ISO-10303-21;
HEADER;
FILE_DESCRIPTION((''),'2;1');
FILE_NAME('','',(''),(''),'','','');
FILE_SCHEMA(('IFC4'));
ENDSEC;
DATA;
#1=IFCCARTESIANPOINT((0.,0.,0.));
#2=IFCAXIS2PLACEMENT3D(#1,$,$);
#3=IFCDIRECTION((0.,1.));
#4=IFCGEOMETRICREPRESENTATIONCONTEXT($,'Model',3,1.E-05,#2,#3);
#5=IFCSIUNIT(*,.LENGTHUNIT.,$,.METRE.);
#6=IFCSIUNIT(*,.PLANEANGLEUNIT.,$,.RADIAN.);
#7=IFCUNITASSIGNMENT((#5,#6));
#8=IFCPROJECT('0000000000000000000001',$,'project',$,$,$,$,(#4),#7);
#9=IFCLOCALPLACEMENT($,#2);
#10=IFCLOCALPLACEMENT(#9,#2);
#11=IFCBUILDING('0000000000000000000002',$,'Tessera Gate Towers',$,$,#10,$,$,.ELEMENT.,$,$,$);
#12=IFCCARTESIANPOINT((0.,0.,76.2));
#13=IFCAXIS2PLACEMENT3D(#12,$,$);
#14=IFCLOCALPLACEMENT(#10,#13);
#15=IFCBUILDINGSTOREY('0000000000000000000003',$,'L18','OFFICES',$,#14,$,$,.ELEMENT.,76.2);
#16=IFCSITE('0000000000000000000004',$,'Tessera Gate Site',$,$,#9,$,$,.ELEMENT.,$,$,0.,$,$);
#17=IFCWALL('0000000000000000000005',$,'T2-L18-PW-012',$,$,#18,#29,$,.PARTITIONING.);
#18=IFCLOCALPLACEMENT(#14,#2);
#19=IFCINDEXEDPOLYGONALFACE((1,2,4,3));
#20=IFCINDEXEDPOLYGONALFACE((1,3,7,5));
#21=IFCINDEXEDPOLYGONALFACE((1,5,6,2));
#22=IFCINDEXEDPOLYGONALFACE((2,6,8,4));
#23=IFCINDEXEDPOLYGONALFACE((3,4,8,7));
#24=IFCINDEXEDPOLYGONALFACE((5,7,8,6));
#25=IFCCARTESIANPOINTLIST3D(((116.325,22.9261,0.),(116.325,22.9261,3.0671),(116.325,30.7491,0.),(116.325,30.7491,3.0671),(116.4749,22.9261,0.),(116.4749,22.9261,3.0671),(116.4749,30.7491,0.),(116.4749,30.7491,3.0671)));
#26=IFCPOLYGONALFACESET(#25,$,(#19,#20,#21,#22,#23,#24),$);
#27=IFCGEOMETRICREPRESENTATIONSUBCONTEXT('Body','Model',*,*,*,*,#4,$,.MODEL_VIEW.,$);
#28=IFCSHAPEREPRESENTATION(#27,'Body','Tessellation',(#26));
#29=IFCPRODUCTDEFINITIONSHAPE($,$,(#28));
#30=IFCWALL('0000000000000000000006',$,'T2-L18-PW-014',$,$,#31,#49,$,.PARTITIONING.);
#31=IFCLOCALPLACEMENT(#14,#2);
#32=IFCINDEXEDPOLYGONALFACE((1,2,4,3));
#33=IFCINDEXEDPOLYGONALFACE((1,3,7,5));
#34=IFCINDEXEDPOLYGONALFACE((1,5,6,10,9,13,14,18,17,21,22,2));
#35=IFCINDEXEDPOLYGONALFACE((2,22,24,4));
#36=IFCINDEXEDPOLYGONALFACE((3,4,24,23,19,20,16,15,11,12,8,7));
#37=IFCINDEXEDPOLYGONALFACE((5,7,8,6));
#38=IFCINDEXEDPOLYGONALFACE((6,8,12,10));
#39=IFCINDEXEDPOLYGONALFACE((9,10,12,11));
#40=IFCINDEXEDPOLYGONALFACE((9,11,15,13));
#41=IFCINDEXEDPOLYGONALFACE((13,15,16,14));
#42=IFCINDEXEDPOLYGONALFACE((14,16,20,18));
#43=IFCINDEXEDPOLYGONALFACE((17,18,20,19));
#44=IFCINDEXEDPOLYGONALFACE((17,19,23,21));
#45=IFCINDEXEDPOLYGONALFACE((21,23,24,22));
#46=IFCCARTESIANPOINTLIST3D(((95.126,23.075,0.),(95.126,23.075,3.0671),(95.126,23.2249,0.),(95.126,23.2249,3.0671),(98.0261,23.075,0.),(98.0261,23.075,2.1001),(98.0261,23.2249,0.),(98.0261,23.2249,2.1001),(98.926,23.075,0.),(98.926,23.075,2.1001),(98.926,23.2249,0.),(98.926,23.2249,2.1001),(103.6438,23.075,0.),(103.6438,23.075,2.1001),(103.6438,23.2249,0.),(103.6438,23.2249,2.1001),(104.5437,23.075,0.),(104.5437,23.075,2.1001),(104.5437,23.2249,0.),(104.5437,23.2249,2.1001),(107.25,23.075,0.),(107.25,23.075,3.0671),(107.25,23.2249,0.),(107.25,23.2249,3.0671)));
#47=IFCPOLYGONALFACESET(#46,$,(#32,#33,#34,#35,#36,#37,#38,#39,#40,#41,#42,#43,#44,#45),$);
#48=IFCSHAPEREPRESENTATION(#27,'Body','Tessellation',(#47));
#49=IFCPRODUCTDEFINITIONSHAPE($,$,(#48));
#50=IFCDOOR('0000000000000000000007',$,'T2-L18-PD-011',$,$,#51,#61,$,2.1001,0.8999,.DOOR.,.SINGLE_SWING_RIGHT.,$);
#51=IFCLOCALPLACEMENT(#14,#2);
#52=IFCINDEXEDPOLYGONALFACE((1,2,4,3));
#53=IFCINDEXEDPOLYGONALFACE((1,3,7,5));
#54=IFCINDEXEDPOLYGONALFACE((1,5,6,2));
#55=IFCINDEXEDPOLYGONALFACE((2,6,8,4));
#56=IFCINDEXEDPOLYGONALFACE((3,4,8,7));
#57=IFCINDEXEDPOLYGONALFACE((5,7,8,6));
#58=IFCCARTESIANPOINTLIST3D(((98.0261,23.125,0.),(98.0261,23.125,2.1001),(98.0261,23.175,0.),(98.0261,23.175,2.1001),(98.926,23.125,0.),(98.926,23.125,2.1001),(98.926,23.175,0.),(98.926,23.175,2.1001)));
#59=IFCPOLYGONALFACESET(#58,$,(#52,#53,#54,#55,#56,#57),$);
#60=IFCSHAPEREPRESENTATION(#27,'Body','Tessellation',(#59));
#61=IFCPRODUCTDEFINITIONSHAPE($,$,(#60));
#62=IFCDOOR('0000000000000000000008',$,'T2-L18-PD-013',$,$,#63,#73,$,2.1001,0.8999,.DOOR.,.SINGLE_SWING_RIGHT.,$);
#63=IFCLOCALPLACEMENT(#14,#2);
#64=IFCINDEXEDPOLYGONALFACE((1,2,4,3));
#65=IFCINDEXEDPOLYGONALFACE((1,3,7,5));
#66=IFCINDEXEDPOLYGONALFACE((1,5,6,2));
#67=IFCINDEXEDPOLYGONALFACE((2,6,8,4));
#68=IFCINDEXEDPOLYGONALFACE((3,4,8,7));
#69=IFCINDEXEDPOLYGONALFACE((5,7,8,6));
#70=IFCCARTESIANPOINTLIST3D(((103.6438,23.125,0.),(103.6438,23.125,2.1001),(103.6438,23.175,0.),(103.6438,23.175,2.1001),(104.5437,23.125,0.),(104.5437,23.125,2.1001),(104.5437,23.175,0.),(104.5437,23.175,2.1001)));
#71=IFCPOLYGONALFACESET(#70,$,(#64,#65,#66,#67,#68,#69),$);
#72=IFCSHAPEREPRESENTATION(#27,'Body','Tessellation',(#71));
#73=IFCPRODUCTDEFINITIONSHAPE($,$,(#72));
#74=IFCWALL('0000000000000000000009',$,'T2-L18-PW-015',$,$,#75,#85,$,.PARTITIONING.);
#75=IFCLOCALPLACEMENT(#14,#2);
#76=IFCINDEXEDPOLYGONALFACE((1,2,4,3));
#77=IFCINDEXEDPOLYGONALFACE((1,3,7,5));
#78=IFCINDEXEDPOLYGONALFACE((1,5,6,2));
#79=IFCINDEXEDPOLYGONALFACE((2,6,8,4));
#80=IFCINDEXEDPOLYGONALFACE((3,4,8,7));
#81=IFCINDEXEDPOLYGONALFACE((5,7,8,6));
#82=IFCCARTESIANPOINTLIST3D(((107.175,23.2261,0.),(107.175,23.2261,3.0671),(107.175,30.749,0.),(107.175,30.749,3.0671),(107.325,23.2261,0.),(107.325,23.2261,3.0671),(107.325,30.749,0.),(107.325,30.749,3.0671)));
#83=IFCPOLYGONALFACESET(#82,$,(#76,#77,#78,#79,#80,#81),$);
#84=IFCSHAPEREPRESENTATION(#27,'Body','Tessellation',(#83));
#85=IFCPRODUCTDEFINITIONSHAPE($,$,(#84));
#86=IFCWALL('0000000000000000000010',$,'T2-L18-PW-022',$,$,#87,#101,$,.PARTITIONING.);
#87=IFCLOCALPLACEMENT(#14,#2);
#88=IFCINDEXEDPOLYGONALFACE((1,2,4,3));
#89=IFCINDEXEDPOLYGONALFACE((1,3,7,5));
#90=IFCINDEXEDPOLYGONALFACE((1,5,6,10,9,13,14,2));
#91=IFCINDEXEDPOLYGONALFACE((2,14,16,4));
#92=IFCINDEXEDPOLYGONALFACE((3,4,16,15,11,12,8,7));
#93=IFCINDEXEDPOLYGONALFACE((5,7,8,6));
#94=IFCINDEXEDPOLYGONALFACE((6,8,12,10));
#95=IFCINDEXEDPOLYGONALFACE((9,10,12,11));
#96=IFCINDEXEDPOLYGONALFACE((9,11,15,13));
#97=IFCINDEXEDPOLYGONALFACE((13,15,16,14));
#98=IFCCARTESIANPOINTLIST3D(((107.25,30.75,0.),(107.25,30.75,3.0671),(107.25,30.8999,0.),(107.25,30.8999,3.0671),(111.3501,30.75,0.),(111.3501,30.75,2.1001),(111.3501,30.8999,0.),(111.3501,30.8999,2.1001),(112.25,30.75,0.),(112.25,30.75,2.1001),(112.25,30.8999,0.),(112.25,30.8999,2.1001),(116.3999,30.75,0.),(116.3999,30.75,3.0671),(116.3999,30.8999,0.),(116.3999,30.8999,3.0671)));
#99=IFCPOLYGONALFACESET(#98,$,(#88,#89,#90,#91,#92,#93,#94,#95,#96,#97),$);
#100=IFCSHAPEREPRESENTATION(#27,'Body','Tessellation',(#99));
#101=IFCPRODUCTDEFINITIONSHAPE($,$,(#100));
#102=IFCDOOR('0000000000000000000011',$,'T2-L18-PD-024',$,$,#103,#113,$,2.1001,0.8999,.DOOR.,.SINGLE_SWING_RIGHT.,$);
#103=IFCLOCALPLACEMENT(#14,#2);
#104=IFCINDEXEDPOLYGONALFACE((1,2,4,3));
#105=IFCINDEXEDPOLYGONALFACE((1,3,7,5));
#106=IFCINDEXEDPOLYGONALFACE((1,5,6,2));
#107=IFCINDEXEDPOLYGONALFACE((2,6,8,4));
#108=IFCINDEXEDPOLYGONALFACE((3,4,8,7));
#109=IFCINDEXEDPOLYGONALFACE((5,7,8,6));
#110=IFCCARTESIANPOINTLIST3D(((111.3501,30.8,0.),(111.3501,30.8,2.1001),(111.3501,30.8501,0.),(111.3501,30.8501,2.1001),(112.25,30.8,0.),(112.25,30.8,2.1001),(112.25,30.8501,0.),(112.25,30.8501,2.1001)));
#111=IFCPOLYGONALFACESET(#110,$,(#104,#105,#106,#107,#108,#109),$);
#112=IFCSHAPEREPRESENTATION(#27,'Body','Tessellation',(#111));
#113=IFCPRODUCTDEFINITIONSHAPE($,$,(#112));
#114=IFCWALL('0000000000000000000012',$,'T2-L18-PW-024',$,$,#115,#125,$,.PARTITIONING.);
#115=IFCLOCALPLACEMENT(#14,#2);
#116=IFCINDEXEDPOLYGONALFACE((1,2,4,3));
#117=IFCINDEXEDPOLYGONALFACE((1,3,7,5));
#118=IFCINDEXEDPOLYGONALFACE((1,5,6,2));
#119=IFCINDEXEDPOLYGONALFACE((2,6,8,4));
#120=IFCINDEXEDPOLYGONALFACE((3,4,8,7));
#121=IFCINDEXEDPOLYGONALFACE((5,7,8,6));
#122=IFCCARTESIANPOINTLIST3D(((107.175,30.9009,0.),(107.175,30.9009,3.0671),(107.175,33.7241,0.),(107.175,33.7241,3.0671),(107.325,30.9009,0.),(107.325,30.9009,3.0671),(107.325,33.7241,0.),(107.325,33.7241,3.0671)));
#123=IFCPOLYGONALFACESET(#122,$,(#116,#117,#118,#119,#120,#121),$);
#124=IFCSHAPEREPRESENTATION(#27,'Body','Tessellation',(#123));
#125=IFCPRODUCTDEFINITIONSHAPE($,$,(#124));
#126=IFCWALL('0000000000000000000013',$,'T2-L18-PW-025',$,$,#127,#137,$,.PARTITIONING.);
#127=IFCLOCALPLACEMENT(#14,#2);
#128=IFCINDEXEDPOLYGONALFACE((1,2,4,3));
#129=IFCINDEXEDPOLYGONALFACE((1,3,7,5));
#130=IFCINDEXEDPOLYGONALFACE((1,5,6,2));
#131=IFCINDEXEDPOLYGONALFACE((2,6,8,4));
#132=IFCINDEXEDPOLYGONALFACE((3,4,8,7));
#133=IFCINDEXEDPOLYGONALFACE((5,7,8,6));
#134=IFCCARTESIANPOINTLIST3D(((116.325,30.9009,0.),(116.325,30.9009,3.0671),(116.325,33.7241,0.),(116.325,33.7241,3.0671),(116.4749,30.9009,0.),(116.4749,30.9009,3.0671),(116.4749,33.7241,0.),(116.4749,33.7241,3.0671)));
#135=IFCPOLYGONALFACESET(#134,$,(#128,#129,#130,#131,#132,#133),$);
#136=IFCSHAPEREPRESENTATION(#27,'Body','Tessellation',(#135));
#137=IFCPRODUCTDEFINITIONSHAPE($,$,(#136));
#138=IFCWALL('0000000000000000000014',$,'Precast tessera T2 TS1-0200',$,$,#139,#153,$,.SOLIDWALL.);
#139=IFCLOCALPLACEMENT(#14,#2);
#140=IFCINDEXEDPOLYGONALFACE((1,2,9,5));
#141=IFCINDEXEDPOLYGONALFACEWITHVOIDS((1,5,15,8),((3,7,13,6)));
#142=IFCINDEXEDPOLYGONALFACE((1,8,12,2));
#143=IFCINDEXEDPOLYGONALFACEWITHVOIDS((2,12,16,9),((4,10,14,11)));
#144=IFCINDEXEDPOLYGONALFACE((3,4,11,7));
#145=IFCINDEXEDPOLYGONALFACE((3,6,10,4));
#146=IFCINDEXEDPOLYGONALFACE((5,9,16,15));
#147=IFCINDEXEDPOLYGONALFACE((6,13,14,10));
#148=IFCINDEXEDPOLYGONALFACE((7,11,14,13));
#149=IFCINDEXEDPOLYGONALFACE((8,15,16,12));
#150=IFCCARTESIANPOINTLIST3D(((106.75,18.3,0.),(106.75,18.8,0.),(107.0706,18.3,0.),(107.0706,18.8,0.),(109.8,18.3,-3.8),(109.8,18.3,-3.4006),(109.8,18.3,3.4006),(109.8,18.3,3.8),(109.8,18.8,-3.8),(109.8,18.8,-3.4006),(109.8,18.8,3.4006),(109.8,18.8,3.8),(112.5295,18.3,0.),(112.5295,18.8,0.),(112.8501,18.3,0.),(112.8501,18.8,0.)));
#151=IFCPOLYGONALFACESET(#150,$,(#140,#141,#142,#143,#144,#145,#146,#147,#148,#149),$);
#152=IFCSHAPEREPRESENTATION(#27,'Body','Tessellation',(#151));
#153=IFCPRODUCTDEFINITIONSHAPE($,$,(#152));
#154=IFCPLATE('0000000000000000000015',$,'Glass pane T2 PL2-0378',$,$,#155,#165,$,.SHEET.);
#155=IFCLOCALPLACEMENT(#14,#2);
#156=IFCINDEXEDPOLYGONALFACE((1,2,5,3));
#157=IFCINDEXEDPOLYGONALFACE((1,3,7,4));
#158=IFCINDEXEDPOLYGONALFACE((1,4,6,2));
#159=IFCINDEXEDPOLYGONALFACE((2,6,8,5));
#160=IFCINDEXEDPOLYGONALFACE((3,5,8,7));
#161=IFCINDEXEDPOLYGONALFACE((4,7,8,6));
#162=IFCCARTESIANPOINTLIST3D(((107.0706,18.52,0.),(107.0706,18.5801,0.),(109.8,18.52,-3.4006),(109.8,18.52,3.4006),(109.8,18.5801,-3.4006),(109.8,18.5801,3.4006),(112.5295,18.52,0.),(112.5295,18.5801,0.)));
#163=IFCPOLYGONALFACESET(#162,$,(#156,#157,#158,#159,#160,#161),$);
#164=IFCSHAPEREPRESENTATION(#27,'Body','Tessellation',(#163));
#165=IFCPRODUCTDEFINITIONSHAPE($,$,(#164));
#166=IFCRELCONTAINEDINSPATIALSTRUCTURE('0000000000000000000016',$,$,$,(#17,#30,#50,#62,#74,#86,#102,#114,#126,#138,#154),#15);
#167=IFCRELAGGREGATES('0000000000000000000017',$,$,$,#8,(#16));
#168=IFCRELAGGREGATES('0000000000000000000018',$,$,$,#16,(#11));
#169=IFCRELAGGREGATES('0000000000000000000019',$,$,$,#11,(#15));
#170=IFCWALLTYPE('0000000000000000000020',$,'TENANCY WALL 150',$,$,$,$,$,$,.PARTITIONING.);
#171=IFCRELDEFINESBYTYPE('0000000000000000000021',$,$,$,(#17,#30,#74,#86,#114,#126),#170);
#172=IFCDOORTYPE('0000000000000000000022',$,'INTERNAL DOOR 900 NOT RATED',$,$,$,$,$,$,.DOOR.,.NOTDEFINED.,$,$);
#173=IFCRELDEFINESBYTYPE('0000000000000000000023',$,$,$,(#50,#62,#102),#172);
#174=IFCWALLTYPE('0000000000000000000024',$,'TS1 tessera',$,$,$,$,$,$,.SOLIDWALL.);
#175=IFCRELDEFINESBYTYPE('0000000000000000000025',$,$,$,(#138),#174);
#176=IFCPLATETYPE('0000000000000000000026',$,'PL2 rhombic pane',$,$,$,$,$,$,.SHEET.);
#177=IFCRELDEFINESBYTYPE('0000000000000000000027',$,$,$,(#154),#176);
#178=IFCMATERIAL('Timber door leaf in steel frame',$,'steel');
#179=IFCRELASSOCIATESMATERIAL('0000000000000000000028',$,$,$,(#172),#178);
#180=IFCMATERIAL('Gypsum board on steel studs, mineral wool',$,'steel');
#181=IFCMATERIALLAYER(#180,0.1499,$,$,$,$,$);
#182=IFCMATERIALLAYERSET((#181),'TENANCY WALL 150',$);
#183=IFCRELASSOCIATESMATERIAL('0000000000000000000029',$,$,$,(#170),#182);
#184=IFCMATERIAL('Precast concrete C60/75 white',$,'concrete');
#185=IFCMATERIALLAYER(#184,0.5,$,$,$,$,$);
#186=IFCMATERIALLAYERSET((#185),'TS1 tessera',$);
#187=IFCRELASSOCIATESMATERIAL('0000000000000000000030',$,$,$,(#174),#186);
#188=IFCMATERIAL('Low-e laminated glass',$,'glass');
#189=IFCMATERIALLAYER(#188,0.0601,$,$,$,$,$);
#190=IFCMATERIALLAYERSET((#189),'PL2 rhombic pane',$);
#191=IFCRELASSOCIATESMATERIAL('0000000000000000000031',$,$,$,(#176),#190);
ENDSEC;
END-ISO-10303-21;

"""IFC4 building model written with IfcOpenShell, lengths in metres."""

from ifc_helpers import new_model, si_unit, direction, frame, frame_2d, origin, place, context, subcontext, project, spatial, polyline, rectangle, outline, extrude, source, transform, mapped, material, layer, layer_set, type_object, element, fill, save


model = new_model("IFC4")

# Units and contexts
model_context = context("Model", 3, precision=1e-05, world=origin(), true_north=direction((0.0, 1.0)))
body_context = subcontext(model_context, "Body", "Model", "MODEL_VIEW")
ifc_project = project(units=[si_unit("LENGTHUNIT", "METRE"), si_unit("PLANEANGLEUNIT", "RADIAN")], contexts=[model_context])

# Site, building, storey
site_placement = place(None, origin())
site = spatial("IfcSite", under=ifc_project, at=site_placement, Name="Tessera Gate Site", CompositionType="ELEMENT", RefElevation=0.0)
building_placement = place(site_placement, origin())
building = spatial("IfcBuilding", under=site, at=building_placement, Name="Tessera Gate Towers", CompositionType="ELEMENT")
storey_placement = place(building_placement, frame((0.0, 0.0, 76.2)))
storey = spatial("IfcBuildingStorey", under=building, at=storey_placement, Name="L18", Description="OFFICES", CompositionType="ELEMENT", Elevation=76.2)

# Shared definitions
ifc_material_1 = material(Name="Timber door leaf in steel frame", Category="steel")
door_type = type_object("IfcDoorType", Name="INTERNAL DOOR 900 NOT RATED", OperationType="NOTDEFINED", PredefinedType="DOOR", material=ifc_material_1)
shared_shape_1 = source(origin(), body_context, "Body", "SweptSolid", [
    extrude(rectangle(XDim=0.8999, YDim=2.1001, at=frame_2d((0.45, 1.05))), frame((0.0, 0.0249, 0.0), z_axis=(0.0, -1.0, 0.0), x_axis=(1.0, 0.0, 0.0)), (0.0, 0.0, 1.0), 0.05),
])

# Wall
ifc_material_2 = material(Name="Gypsum board on steel studs, mineral wool", Category="steel")
ifc_layer_1 = layer(ifc_material_2, 0.1499)
ifc_layer_set_1 = layer_set([ifc_layer_1], Name="TENANCY WALL 150")
wall_type_1 = type_object("IfcWallType", Name="TENANCY WALL 150", PredefinedType="PARTITIONING", material=ifc_layer_set_1)
wall_1_placement = place(storey_placement, frame((116.3999, 22.926, 0.0), z_axis=(0.0, 0.0, 1.0), x_axis=(0.0, 1.0, 0.0)))
element("IfcWall", 1, at=wall_1_placement, inside=storey, type_object=wall_type_1, Name="T2-L18-PW-012", PredefinedType="PARTITIONING", context=body_context, shape_type="SweptSolid", body=[
    extrude(rectangle(XDim=7.823, YDim=0.1499, at=frame_2d((3.9116, 0.0))), origin(), (0.0, 0.0, 1.0), 3.0671),
])

# Wall, openings, doors
wall_2_placement = place(storey_placement, frame((107.25, 23.1499, 0.0), z_axis=(0.0, 0.0, 1.0), x_axis=(-1.0, 0.0, 0.0)))
wall_2 = element("IfcWall", 2, at=wall_2_placement, inside=storey, type_object=wall_type_1, Name="T2-L18-PW-014", PredefinedType="PARTITIONING", context=body_context, shape_type="SweptSolid", body=[
    extrude(rectangle(XDim=12.124, YDim=0.1499, at=frame_2d((6.062, 0.0))), origin(), (0.0, 0.0, 1.0), 3.0671),
])
shared_shape_2 = source(origin(), body_context, "Body", "SweptSolid", [
    extrude(rectangle(XDim=0.8999, YDim=2.1001, at=frame_2d((0.45, 1.05))), frame((0.0, 0.085, 0.0), z_axis=(0.0, -1.0, 0.0), x_axis=(1.0, 0.0, 0.0)), (0.0, 0.0, 1.0), 0.1699),
])
opening_1_placement = place(wall_2_placement, frame((8.324, 0.0, 0.0)))
opening_1 = element("IfcOpeningElement", 3, at=opening_1_placement, cuts=wall_2, PredefinedType="OPENING", context=body_context, shape_type="MappedRepresentation", body=[
    mapped(shared_shape_2, transform((0.0, 0.0, 0.0), scale=1.0)),
])
opening_2_placement = place(wall_2_placement, frame((2.7063, 0.0, 0.0)))
opening_2 = element("IfcOpeningElement", 4, at=opening_2_placement, cuts=wall_2, PredefinedType="OPENING", context=body_context, shape_type="MappedRepresentation", body=[
    mapped(shared_shape_2, transform((0.0, 0.0, 0.0), scale=1.0)),
])
door_1_placement = place(opening_1_placement, origin())
door_1 = element("IfcDoor", 5, at=door_1_placement, inside=storey, type_object=door_type, Name="T2-L18-PD-011", OperationType="SINGLE_SWING_RIGHT", OverallHeight=2.1001, OverallWidth=0.8999, PredefinedType="DOOR", context=body_context, shape_type="MappedRepresentation", body=[
    mapped(shared_shape_1, transform((0.0, 0.0, 0.0), scale=1.0)),
])
fill(opening_1, door_1)
door_2_placement = place(opening_2_placement, origin())
door_2 = element("IfcDoor", 6, at=door_2_placement, inside=storey, type_object=door_type, Name="T2-L18-PD-013", OperationType="SINGLE_SWING_RIGHT", OverallHeight=2.1001, OverallWidth=0.8999, PredefinedType="DOOR", context=body_context, shape_type="MappedRepresentation", body=[
    mapped(shared_shape_1, transform((0.0, 0.0, 0.0), scale=1.0)),
])
fill(opening_2, door_2)

# Wall
wall_3_placement = place(storey_placement, frame((107.25, 23.2261, 0.0), z_axis=(0.0, 0.0, 1.0), x_axis=(0.0, 1.0, 0.0)))
element("IfcWall", 7, at=wall_3_placement, inside=storey, type_object=wall_type_1, Name="T2-L18-PW-015", PredefinedType="PARTITIONING", context=body_context, shape_type="SweptSolid", body=[
    extrude(rectangle(XDim=7.5229, YDim=0.1499, at=frame_2d((3.7615, 0.0))), origin(), (0.0, 0.0, 1.0), 3.0671),
])

# Wall, opening, door
wall_4_placement = place(storey_placement, frame((116.3999, 30.825, 0.0), z_axis=(0.0, 0.0, 1.0), x_axis=(-1.0, 0.0, 0.0)))
wall_4 = element("IfcWall", 8, at=wall_4_placement, inside=storey, type_object=wall_type_1, Name="T2-L18-PW-022", PredefinedType="PARTITIONING", context=body_context, shape_type="SweptSolid", body=[
    extrude(rectangle(XDim=9.1499, YDim=0.1499, at=frame_2d((4.575, 0.0))), origin(), (0.0, 0.0, 1.0), 3.0671),
])
opening_3_placement = place(wall_4_placement, frame((4.1499, 0.0, 0.0)))
opening_3 = element("IfcOpeningElement", 9, at=opening_3_placement, cuts=wall_4, PredefinedType="OPENING", context=body_context, shape_type="MappedRepresentation", body=[
    mapped(shared_shape_2, transform((0.0, 0.0, 0.0), scale=1.0)),
])
door_3_placement = place(opening_3_placement, origin())
door_3 = element("IfcDoor", 10, at=door_3_placement, inside=storey, type_object=door_type, Name="T2-L18-PD-024", OperationType="SINGLE_SWING_RIGHT", OverallHeight=2.1001, OverallWidth=0.8999, PredefinedType="DOOR", context=body_context, shape_type="MappedRepresentation", body=[
    mapped(shared_shape_1, transform((0.0, 0.0, 0.0), scale=1.0)),
])
fill(opening_3, door_3)

# Walls
for number, where, z_axis, x_axis, name in (
    (11, (107.25, 30.9009, 0.0), (0.0, 0.0, 1.0), (0.0, 1.0, 0.0), "T2-L18-PW-024"),
    (12, (116.3999, 30.9009, 0.0), (0.0, 0.0, 1.0), (0.0, 1.0, 0.0), "T2-L18-PW-025"),
):
    element("IfcWall", number, at=place(storey_placement, frame(where, z_axis=z_axis, x_axis=x_axis)), inside=storey, type_object=wall_type_1, Name=name, PredefinedType="PARTITIONING", context=body_context, shape_type="SweptSolid", body=[
        extrude(rectangle(XDim=2.8232, YDim=0.1499, at=frame_2d((1.4116, 0.0))), origin(), (0.0, 0.0, 1.0), 3.0671),
    ])

# Wall, opening, plate
ifc_material_3 = material(Name="Precast concrete C60/75 white", Category="concrete")
ifc_layer_2 = layer(ifc_material_3, 0.5)
ifc_layer_set_2 = layer_set([ifc_layer_2], Name="TS1 tessera")
wall_type_2 = type_object("IfcWallType", Name="TS1 tessera", PredefinedType="SOLIDWALL", material=ifc_layer_set_2)
shared_shape_3 = source(origin(), body_context, "Body", "SweptSolid", [
    extrude(outline(polyline([(3.05, 0.0), (6.1001, 3.8), (3.05, 7.6001), (0.0, 3.8), (3.05, 0.0)])), frame((0.0, 0.25, 0.0), z_axis=(0.0, -1.0, 0.0), x_axis=(1.0, 0.0, 0.0)), (0.0, 0.0, 1.0), 0.5),
])
wall_5_placement = place(storey_placement, frame((106.75, 18.55, -3.8), z_axis=(0.0, 0.0, 1.0), x_axis=(1.0, 0.0, 0.0)))
wall_5 = element("IfcWall", 13, at=wall_5_placement, inside=storey, type_object=wall_type_2, Name="Precast tessera T2 TS1-0200", PredefinedType="SOLIDWALL", context=body_context, shape_type="MappedRepresentation", body=[
    mapped(shared_shape_3, transform((0.0, 0.0, 0.0), scale=1.0)),
])
shared_shape_4 = source(origin(), body_context, "Body", "SweptSolid", [
    extrude(outline(polyline([(3.05, 0.3994), (5.7795, 3.8), (3.05, 7.2007), (0.3206, 3.8), (3.05, 0.3994)])), frame((0.0, 0.26, 0.0), z_axis=(0.0, -1.0, 0.0), x_axis=(1.0, 0.0, 0.0)), (0.0, 0.0, 1.0), 0.52),
])
opening_4_placement = place(wall_5_placement, origin())
opening_4 = element("IfcOpeningElement", 14, at=opening_4_placement, cuts=wall_5, PredefinedType="OPENING", context=body_context, shape_type="MappedRepresentation", body=[
    mapped(shared_shape_4, transform((0.0, 0.0, 0.0), scale=1.0)),
])
ifc_material_4 = material(Name="Low-e laminated glass", Category="glass")
ifc_layer_3 = layer(ifc_material_4, 0.0601)
ifc_layer_set_3 = layer_set([ifc_layer_3], Name="PL2 rhombic pane")
plate_type = type_object("IfcPlateType", Name="PL2 rhombic pane", PredefinedType="SHEET", material=ifc_layer_set_3)
shared_shape_5 = source(origin(), body_context, "Body", "SweptSolid", [
    extrude(outline(polyline([(3.05, 0.3994), (5.7795, 3.8), (3.05, 7.2007), (0.3206, 3.8), (3.05, 0.3994)])), frame((0.0, 0.03, 0.0), z_axis=(0.0, -1.0, 0.0), x_axis=(1.0, 0.0, 0.0)), (0.0, 0.0, 1.0), 0.0601),
])
plate_placement = place(opening_4_placement, origin())
plate = element("IfcPlate", 15, at=plate_placement, inside=storey, type_object=plate_type, Name="Glass pane T2 PL2-0378", PredefinedType="SHEET", context=body_context, shape_type="MappedRepresentation", body=[
    mapped(shared_shape_5, transform((0.0, 0.0, 0.0), scale=1.0)),
])
fill(opening_4, plate)

save(model, "model.ifc")
